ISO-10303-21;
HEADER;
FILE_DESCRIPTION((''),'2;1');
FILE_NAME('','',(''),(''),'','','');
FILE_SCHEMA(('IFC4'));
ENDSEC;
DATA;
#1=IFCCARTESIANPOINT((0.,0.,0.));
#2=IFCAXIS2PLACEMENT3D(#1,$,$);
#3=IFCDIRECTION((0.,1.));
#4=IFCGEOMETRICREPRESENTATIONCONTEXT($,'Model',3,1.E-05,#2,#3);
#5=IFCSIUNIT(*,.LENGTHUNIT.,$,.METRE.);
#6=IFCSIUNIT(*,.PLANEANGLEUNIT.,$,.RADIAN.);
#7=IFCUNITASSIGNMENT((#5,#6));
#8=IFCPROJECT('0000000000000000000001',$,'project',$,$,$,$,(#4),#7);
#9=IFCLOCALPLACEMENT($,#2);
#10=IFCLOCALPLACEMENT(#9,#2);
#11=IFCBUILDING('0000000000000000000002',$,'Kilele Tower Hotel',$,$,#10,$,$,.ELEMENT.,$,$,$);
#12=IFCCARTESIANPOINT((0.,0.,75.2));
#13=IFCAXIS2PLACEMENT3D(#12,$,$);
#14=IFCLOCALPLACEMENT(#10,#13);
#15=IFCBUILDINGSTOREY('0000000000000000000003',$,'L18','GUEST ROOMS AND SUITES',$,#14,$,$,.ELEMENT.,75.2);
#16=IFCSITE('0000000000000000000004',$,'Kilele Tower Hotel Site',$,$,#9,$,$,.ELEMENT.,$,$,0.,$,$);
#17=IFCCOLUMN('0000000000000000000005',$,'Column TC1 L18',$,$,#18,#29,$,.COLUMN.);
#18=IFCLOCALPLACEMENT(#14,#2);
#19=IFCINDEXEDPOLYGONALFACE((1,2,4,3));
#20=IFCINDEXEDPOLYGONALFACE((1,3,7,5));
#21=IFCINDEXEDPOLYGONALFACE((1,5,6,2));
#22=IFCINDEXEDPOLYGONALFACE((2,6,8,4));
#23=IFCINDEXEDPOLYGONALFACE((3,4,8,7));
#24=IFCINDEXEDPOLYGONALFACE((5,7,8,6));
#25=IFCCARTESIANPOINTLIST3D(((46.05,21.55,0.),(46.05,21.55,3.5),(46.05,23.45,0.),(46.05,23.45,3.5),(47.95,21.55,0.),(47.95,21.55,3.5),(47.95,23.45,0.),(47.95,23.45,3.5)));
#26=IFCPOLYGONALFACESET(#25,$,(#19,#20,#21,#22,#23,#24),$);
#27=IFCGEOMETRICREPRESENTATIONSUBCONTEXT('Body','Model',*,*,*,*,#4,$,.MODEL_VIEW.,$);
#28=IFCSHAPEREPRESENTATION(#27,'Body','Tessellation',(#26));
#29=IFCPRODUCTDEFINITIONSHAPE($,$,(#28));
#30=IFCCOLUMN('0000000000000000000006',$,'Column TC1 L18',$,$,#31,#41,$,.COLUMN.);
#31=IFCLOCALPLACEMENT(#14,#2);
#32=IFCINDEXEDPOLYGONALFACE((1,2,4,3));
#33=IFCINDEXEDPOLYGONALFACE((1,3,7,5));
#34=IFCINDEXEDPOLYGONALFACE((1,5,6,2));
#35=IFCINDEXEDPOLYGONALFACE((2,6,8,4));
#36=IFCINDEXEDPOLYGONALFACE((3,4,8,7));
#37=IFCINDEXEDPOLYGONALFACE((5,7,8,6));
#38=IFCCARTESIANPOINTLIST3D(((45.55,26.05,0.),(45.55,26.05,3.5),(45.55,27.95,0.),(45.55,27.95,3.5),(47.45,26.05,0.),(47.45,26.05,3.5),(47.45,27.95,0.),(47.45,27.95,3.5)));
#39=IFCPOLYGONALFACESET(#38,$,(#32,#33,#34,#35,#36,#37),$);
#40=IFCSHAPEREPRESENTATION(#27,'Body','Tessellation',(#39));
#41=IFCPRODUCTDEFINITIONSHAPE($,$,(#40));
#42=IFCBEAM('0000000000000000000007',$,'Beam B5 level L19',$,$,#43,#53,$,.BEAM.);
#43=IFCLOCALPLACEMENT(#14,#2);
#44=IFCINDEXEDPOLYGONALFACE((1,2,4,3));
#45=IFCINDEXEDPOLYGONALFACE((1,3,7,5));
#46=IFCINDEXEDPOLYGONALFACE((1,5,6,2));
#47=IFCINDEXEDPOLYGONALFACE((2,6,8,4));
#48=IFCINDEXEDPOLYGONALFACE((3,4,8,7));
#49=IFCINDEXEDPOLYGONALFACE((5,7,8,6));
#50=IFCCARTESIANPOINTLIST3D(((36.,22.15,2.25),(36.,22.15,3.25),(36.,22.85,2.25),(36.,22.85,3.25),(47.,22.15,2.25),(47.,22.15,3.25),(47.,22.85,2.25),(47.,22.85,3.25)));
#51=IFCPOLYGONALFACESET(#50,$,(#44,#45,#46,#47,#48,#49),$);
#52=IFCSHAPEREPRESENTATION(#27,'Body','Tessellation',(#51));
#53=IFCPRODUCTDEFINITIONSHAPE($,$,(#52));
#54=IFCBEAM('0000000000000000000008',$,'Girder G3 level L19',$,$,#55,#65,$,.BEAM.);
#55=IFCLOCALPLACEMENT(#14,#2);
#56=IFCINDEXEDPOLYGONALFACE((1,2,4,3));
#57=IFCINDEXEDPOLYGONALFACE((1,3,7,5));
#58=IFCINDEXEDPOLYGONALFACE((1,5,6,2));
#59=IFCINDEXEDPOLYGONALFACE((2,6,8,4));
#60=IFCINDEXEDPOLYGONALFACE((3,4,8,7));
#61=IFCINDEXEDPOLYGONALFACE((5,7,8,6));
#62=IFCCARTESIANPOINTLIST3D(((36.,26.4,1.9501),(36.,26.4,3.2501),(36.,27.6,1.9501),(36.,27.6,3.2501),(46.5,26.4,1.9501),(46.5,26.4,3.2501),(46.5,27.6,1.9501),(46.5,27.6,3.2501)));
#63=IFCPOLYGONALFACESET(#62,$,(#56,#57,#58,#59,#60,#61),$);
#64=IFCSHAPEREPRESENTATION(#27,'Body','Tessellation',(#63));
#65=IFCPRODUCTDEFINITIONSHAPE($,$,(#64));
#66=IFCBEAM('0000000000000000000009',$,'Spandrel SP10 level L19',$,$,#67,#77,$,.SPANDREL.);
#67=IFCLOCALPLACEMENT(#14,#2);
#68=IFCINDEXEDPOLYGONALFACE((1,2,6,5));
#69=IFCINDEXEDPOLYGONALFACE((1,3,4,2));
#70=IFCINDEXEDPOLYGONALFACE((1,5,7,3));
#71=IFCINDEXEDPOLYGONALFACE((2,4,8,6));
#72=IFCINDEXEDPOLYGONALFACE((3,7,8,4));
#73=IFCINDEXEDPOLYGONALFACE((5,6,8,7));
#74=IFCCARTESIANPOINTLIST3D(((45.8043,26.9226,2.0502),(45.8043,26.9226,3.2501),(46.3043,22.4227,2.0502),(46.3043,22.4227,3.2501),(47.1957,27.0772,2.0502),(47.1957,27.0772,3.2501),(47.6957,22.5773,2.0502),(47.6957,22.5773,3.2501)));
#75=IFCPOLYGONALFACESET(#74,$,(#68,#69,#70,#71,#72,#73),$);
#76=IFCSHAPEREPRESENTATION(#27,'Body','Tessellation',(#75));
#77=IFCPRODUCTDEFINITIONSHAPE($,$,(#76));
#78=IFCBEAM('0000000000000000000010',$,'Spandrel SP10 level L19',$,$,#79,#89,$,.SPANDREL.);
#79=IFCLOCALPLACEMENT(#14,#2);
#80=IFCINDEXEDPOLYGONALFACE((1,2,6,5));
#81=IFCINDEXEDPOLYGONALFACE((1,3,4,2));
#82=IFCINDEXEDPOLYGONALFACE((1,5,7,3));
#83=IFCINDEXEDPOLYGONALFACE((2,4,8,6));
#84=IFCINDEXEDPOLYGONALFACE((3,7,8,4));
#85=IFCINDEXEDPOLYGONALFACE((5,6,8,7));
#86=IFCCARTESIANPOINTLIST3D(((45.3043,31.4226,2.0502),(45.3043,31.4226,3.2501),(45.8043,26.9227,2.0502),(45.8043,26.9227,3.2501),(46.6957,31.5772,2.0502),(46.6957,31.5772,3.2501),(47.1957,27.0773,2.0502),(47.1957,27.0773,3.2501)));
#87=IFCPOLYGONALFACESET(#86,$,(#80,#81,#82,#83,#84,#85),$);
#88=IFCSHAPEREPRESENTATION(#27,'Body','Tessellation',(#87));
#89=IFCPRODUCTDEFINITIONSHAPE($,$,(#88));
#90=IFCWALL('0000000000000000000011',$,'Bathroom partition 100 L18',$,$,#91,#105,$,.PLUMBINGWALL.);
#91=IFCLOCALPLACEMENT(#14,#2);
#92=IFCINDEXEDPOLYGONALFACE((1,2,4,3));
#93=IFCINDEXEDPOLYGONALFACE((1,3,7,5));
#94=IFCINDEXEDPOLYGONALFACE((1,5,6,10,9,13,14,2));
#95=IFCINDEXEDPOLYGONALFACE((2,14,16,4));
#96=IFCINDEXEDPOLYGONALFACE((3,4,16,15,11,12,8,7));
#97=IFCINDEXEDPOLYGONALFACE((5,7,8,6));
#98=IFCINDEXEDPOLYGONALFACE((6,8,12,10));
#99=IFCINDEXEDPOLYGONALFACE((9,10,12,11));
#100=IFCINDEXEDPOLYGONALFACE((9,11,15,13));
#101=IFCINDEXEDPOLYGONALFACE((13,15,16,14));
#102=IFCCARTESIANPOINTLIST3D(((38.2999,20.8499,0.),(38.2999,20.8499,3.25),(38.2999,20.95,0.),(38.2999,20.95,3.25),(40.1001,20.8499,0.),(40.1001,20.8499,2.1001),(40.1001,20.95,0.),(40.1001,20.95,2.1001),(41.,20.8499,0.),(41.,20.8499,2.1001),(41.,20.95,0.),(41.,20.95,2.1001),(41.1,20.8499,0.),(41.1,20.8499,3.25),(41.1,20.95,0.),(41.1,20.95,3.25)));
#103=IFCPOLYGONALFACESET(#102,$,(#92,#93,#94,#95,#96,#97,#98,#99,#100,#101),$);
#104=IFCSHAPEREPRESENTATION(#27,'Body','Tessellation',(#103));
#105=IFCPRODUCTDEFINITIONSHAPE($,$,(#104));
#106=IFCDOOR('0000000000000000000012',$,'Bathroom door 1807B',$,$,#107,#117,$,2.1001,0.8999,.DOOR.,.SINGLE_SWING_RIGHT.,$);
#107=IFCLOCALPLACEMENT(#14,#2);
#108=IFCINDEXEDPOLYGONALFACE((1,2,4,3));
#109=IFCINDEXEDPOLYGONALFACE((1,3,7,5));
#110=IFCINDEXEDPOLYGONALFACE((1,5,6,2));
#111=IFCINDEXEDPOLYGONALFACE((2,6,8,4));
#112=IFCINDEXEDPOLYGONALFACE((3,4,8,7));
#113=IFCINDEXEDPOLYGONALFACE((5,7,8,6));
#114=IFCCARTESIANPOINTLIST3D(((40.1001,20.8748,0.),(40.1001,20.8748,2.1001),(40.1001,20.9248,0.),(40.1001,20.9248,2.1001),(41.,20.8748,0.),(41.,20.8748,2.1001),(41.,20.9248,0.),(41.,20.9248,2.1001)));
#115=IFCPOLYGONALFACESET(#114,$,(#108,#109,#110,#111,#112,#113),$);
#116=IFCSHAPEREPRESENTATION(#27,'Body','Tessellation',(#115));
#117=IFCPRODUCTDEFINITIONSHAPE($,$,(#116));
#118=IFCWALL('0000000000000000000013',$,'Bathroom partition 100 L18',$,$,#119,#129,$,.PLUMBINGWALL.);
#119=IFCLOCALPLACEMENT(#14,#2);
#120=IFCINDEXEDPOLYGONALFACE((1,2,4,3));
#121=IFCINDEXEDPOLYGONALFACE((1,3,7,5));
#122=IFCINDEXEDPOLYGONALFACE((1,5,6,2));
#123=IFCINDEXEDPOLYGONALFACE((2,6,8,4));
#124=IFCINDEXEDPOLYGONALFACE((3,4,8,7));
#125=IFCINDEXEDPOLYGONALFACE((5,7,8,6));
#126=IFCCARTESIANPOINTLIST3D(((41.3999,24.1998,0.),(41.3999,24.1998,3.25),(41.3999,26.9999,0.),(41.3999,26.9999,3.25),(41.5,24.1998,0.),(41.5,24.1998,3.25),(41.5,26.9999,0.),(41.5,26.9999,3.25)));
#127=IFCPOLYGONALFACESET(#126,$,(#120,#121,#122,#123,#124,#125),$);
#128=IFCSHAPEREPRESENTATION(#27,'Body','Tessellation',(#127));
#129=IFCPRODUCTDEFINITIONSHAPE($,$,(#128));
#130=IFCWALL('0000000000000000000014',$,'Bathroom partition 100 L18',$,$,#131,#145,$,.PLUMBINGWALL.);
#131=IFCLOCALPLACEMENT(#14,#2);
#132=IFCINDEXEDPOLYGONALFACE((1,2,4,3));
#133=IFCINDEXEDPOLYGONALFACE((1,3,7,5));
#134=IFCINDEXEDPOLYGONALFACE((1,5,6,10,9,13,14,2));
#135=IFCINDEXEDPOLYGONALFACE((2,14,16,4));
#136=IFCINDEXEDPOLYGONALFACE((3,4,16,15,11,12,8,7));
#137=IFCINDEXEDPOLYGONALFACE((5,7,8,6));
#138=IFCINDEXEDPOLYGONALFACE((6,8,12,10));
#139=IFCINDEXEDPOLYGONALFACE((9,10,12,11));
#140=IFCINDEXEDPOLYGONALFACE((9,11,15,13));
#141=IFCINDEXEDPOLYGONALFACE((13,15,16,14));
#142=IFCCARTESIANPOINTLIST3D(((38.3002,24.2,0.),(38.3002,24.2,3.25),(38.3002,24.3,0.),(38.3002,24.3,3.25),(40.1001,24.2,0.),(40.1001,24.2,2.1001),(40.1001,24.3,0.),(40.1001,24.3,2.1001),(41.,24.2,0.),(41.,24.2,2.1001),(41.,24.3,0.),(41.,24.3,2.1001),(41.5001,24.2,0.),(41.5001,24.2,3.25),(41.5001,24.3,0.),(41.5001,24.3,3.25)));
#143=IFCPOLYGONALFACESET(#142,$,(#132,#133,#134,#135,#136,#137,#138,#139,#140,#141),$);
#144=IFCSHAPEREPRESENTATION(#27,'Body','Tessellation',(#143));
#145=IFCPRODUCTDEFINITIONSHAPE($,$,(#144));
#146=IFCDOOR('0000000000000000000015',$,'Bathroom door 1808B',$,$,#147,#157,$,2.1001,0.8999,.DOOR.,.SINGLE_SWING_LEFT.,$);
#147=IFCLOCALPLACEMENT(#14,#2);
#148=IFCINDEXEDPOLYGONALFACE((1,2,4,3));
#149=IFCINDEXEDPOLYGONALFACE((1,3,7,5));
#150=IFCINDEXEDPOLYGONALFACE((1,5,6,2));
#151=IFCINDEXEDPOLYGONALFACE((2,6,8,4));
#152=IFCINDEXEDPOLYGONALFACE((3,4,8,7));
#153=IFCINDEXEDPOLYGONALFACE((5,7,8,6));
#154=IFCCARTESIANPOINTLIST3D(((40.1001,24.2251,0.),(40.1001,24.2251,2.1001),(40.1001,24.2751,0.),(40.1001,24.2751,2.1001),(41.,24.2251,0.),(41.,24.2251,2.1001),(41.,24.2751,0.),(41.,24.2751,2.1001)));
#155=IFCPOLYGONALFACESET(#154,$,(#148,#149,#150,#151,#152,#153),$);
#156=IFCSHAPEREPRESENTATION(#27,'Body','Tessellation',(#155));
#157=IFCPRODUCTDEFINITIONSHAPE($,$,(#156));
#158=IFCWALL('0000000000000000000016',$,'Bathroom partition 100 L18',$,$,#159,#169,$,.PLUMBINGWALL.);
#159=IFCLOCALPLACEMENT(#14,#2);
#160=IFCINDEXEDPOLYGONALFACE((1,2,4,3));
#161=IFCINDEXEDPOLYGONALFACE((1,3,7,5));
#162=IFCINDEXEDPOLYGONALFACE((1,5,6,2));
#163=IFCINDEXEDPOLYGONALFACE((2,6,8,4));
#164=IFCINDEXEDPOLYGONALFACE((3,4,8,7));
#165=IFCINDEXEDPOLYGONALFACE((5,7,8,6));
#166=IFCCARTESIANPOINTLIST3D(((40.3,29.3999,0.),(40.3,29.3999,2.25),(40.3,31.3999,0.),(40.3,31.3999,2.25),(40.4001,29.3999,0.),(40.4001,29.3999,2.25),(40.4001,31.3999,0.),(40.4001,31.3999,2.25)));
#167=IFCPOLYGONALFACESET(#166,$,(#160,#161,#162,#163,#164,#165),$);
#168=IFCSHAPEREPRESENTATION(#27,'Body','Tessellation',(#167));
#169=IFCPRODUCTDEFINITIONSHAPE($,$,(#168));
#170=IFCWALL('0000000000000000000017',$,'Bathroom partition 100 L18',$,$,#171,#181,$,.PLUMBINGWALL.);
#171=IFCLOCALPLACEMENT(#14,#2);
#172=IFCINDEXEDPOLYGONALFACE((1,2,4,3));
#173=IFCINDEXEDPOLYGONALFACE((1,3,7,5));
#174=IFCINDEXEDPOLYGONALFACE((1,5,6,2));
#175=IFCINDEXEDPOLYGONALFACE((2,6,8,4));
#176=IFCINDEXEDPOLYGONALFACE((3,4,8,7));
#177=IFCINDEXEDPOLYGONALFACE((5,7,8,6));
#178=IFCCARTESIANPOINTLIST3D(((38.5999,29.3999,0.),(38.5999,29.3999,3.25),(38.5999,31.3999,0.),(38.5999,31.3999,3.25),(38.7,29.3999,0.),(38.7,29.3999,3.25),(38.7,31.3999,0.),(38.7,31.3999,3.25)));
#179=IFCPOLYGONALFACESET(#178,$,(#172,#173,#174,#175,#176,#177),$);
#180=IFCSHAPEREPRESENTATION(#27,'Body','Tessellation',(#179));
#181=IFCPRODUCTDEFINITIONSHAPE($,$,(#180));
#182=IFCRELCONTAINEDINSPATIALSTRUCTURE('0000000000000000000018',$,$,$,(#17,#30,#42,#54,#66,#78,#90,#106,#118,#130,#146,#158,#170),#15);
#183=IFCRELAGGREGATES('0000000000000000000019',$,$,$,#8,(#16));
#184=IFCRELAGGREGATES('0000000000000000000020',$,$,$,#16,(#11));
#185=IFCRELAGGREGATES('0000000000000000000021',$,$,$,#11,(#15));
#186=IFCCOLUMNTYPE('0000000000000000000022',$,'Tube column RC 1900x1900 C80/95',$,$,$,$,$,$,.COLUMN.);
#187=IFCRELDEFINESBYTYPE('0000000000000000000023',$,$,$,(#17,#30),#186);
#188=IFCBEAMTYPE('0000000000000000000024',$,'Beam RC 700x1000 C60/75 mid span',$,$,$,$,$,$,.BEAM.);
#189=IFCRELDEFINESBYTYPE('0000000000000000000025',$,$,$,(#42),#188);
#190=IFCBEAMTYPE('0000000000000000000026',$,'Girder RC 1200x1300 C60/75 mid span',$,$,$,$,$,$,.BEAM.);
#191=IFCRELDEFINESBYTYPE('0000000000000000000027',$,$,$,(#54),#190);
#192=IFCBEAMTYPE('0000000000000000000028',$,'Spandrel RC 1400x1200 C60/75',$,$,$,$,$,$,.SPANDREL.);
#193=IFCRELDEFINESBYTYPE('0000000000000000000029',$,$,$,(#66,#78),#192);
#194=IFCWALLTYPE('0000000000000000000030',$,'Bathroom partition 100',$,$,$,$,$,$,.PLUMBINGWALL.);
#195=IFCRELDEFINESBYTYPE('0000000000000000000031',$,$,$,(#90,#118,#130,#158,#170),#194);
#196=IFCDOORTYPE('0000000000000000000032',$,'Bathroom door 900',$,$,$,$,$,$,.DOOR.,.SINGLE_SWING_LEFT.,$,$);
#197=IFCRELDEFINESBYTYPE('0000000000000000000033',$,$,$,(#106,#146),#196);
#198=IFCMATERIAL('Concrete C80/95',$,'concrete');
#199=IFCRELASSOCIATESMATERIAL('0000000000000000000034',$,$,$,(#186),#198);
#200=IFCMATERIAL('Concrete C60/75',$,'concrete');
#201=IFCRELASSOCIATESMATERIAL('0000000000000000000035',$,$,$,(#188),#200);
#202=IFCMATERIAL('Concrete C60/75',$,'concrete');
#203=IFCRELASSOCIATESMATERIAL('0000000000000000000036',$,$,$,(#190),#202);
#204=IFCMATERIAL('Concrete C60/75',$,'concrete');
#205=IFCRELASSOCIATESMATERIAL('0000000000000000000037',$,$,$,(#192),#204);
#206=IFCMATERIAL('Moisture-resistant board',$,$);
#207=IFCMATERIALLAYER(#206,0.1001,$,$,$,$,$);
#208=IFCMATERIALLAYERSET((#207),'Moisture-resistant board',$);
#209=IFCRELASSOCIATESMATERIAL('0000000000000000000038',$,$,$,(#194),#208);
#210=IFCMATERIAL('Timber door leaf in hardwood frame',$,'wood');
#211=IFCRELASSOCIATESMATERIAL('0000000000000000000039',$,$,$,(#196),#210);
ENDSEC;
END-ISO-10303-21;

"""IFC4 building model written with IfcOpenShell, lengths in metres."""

from ifc_helpers import new_model, si_unit, direction, frame, frame_2d, origin, origin_2d, place, context, subcontext, project, spatial, rectangle, extrude, material, layer, layer_set, material_profile, profile_set, type_object, element, fill, save


model = new_model("IFC4")

# Units and contexts
model_context = context("Model", 3, precision=1e-05, world=origin(), true_north=direction((0.0, 1.0)))
body_context = subcontext(model_context, "Body", "Model", "MODEL_VIEW")
ifc_project = project(units=[si_unit("LENGTHUNIT", "METRE"), si_unit("PLANEANGLEUNIT", "RADIAN")], contexts=[model_context])

# Site, building, storey
site_placement = place(None, origin())
site = spatial("IfcSite", under=ifc_project, at=site_placement, Name="Kilele Tower Hotel Site", CompositionType="ELEMENT", RefElevation=0.0)
building_placement = place(site_placement, origin())
building = spatial("IfcBuilding", under=site, at=building_placement, Name="Kilele Tower Hotel", CompositionType="ELEMENT")
storey_placement = place(building_placement, frame((0.0, 0.0, 75.2)))
storey = spatial("IfcBuildingStorey", under=building, at=storey_placement, Name="L18", Description="GUEST ROOMS AND SUITES", CompositionType="ELEMENT", Elevation=75.2)

# Columns
ifc_material_1 = material(Name="Concrete C80/95", Category="concrete")
ifc_material_profile_1 = material_profile(ifc_material_1, rectangle(XDim=1.8999, YDim=1.8999, at=origin_2d()))
ifc_profile_set_1 = profile_set([ifc_material_profile_1], Name="Concrete C80/95")
column_type = type_object("IfcColumnType", Name="Tube column RC 1900x1900 C80/95", PredefinedType="COLUMN", material=ifc_profile_set_1)
for number, where, z_axis, x_axis, name in (
    (1, (47.0, 22.5, 0.0), (0.0, 0.0, 1.0), (1.0, 0.0, 0.0), "Column TC1 L18"),
    (2, (46.5, 27.0, 0.0), (0.0, 0.0, 1.0), (1.0, 0.0, 0.0), "Column TC1 L18"),
):
    element("IfcColumn", number, at=place(storey_placement, frame(where, z_axis=z_axis, x_axis=x_axis)), inside=storey, type_object=column_type, Name=name, PredefinedType="COLUMN", context=body_context, shape_type="SweptSolid", body=[
        extrude(rectangle(XDim=1.8999, YDim=1.8999, at=origin_2d()), origin(), (0.0, 0.0, 1.0), 3.5),
    ])

# Beams
ifc_material_2 = material(Name="Concrete C60/75", Category="concrete")
ifc_material_profile_2 = material_profile(ifc_material_2, rectangle(XDim=0.7, YDim=1.0, at=origin_2d()))
ifc_profile_set_2 = profile_set([ifc_material_profile_2], Name="Concrete C60/75")
beam_type_1 = type_object("IfcBeamType", Name="Beam RC 700x1000 C60/75 mid span", PredefinedType="BEAM", material=ifc_profile_set_2)
beam_1_placement = place(storey_placement, frame((47.0, 22.5, 2.75), z_axis=(-1.0, 0.0, 0.0), x_axis=(0.0, -1.0, 0.0)))
element("IfcBeam", 3, at=beam_1_placement, inside=storey, type_object=beam_type_1, Name="Beam B5 level L19", PredefinedType="BEAM", context=body_context, shape_type="SweptSolid", body=[
    extrude(rectangle(XDim=0.7, YDim=1.0, at=origin_2d()), origin(), (0.0, 0.0, 1.0), 11.0),
])
ifc_material_3 = material(Name="Concrete C60/75", Category="concrete")
ifc_material_profile_3 = material_profile(ifc_material_3, rectangle(XDim=1.2, YDim=1.3, at=origin_2d()))
ifc_profile_set_3 = profile_set([ifc_material_profile_3], Name="Concrete C60/75")
beam_type_2 = type_object("IfcBeamType", Name="Girder RC 1200x1300 C60/75 mid span", PredefinedType="BEAM", material=ifc_profile_set_3)
beam_2_placement = place(storey_placement, frame((46.5, 27.0, 2.6001), z_axis=(-1.0, 0.0, 0.0), x_axis=(0.0, -1.0, 0.0)))
element("IfcBeam", 4, at=beam_2_placement, inside=storey, type_object=beam_type_2, Name="Girder G3 level L19", PredefinedType="BEAM", context=body_context, shape_type="SweptSolid", body=[
    extrude(rectangle(XDim=1.2, YDim=1.3, at=origin_2d()), origin(), (0.0, 0.0, 1.0), 10.5),
])
ifc_material_4 = material(Name="Concrete C60/75", Category="concrete")
ifc_material_profile_4 = material_profile(ifc_material_4, rectangle(XDim=1.3999, YDim=1.2, at=origin_2d()))
ifc_profile_set_4 = profile_set([ifc_material_profile_4], Name="Concrete C60/75")
beam_type_3 = type_object("IfcBeamType", Name="Spandrel RC 1400x1200 C60/75", PredefinedType="SPANDREL", material=ifc_profile_set_4)
for number, where, z_axis, x_axis, name in (
    (5, (47.0, 22.5, 2.6501), (-0.110432, 0.993884, 0.0), (-0.993884, -0.110432, 0.0), "Spandrel SP10 level L19"),
    (6, (46.5, 27.0, 2.6501), (-0.110432, 0.993884, 0.0), (-0.993884, -0.110432, 0.0), "Spandrel SP10 level L19"),
):
    element("IfcBeam", number, at=place(storey_placement, frame(where, z_axis=z_axis, x_axis=x_axis)), inside=storey, type_object=beam_type_3, Name=name, PredefinedType="SPANDREL", context=body_context, shape_type="SweptSolid", body=[
        extrude(rectangle(XDim=1.3999, YDim=1.2, at=origin_2d()), origin(), (0.0, 0.0, 1.0), 4.5276),
    ])

# Wall, opening, door
ifc_material_5 = material(Name="Moisture-resistant board")
ifc_layer_1 = layer(ifc_material_5, 0.1001)
ifc_layer_set_1 = layer_set([ifc_layer_1], Name="Moisture-resistant board")
wall_type_1 = type_object("IfcWallType", Name="Bathroom partition 100", PredefinedType="PLUMBINGWALL", material=ifc_layer_set_1)
wall_1_placement = place(storey_placement, frame((38.3, 20.8999, 0.0), z_axis=(0.0, 0.0, 1.0), x_axis=(1.0, 0.0, 0.0)))
wall_1 = element("IfcWall", 7, at=wall_1_placement, inside=storey, type_object=wall_type_1, Name="Bathroom partition 100 L18", PredefinedType="PLUMBINGWALL", context=body_context, shape_type="SweptSolid", body=[
    extrude(rectangle(XDim=2.8, YDim=0.1001, at=frame_2d((1.3999, 0.0))), origin(), (0.0, 0.0, 1.0), 3.25),
])
opening_1_placement = place(wall_1_placement, frame((1.8, 0.0, 0.0)))
opening_1 = element("IfcOpeningElement", 8, at=opening_1_placement, cuts=wall_1, PredefinedType="OPENING", context=body_context, shape_type="SweptSolid", body=[
    extrude(rectangle(XDim=0.8999, YDim=2.1001, at=frame_2d((0.45, 1.05))), frame((0.0, 0.0601, 0.0), z_axis=(0.0, -1.0, 0.0), x_axis=(1.0, 0.0, 0.0)), (0.0, 0.0, 1.0), 0.1201),
])
ifc_material_6 = material(Name="Timber door leaf in hardwood frame", Category="wood")
door_type_1 = type_object("IfcDoorType", Name="Bathroom door 900", OperationType="SINGLE_SWING_LEFT", PredefinedType="DOOR", material=ifc_material_6)
door_1_placement = place(opening_1_placement, origin())
door_1 = element("IfcDoor", 9, at=door_1_placement, inside=storey, type_object=door_type_1, Name="Bathroom door 1807B", OperationType="SINGLE_SWING_RIGHT", OverallHeight=2.1001, OverallWidth=0.8999, PredefinedType="DOOR", context=body_context, shape_type="SweptSolid", body=[
    extrude(rectangle(XDim=0.8999, YDim=2.1001, at=frame_2d((0.45, 1.05))), frame((0.0, 0.0249, 0.0), z_axis=(0.0, -1.0, 0.0), x_axis=(1.0, 0.0, 0.0)), (0.0, 0.0, 1.0), 0.05),
])
fill(opening_1, door_1)

# Wall
wall_2_placement = place(storey_placement, frame((41.45, 24.2, 0.0), z_axis=(0.0, 0.0, 1.0), x_axis=(0.0, 1.0, 0.0)))
element("IfcWall", 10, at=wall_2_placement, inside=storey, type_object=wall_type_1, Name="Bathroom partition 100 L18", PredefinedType="PLUMBINGWALL", context=body_context, shape_type="SweptSolid", body=[
    extrude(rectangle(XDim=2.8, YDim=0.1001, at=frame_2d((1.3999, 0.0))), origin(), (0.0, 0.0, 1.0), 3.25),
])

# Wall, opening, door
wall_3_placement = place(storey_placement, frame((38.3, 24.25, 0.0), z_axis=(0.0, 0.0, 1.0), x_axis=(1.0, 0.0, 0.0)))
wall_3 = element("IfcWall", 11, at=wall_3_placement, inside=storey, type_object=wall_type_1, Name="Bathroom partition 100 L18", PredefinedType="PLUMBINGWALL", context=body_context, shape_type="SweptSolid", body=[
    extrude(rectangle(XDim=3.2, YDim=0.1001, at=frame_2d((1.6001, 0.0))), origin(), (0.0, 0.0, 1.0), 3.25),
])
opening_2_placement = place(wall_3_placement, frame((2.7, 0.0, 0.0), z_axis=(0.0, 0.0, 1.0), x_axis=(-1.0, 0.0, 0.0)))
opening_2 = element("IfcOpeningElement", 12, at=opening_2_placement, cuts=wall_3, PredefinedType="OPENING", context=body_context, shape_type="SweptSolid", body=[
    extrude(rectangle(XDim=0.8999, YDim=2.1001, at=frame_2d((0.45, 1.05))), frame((0.0, 0.0601, 0.0), z_axis=(0.0, -1.0, 0.0), x_axis=(1.0, 0.0, 0.0)), (0.0, 0.0, 1.0), 0.1201),
])
door_2_placement = place(opening_2_placement, origin())
door_2 = element("IfcDoor", 13, at=door_2_placement, inside=storey, type_object=door_type_1, Name="Bathroom door 1808B", OperationType="SINGLE_SWING_LEFT", OverallHeight=2.1001, OverallWidth=0.8999, PredefinedType="DOOR", context=body_context, shape_type="SweptSolid", body=[
    extrude(rectangle(XDim=0.8999, YDim=2.1001, at=frame_2d((0.45, 1.05))), frame((0.0, 0.0249, 0.0), z_axis=(0.0, -1.0, 0.0), x_axis=(1.0, 0.0, 0.0)), (0.0, 0.0, 1.0), 0.05),
])
fill(opening_2, door_2)

# Walls
wall_4_placement = place(storey_placement, frame((40.3501, 31.3999, 0.0), z_axis=(0.0, 0.0, 1.0), x_axis=(0.0, -1.0, 0.0)))
element("IfcWall", 14, at=wall_4_placement, inside=storey, type_object=wall_type_1, Name="Bathroom partition 100 L18", PredefinedType="PLUMBINGWALL", context=body_context, shape_type="SweptSolid", body=[
    extrude(rectangle(XDim=2.0, YDim=0.1001, at=frame_2d((1.0, 0.0))), origin(), (0.0, 0.0, 1.0), 2.25),
])
wall_5_placement = place(storey_placement, frame((38.6499, 31.3999, 0.0), z_axis=(0.0, 0.0, 1.0), x_axis=(0.0, -1.0, 0.0)))
element("IfcWall", 15, at=wall_5_placement, inside=storey, type_object=wall_type_1, Name="Bathroom partition 100 L18", PredefinedType="PLUMBINGWALL", context=body_context, shape_type="SweptSolid", body=[
    extrude(rectangle(XDim=2.0, YDim=0.1001, at=frame_2d((1.0, 0.0))), origin(), (0.0, 0.0, 1.0), 3.25),
])

save(model, "model.ifc")
